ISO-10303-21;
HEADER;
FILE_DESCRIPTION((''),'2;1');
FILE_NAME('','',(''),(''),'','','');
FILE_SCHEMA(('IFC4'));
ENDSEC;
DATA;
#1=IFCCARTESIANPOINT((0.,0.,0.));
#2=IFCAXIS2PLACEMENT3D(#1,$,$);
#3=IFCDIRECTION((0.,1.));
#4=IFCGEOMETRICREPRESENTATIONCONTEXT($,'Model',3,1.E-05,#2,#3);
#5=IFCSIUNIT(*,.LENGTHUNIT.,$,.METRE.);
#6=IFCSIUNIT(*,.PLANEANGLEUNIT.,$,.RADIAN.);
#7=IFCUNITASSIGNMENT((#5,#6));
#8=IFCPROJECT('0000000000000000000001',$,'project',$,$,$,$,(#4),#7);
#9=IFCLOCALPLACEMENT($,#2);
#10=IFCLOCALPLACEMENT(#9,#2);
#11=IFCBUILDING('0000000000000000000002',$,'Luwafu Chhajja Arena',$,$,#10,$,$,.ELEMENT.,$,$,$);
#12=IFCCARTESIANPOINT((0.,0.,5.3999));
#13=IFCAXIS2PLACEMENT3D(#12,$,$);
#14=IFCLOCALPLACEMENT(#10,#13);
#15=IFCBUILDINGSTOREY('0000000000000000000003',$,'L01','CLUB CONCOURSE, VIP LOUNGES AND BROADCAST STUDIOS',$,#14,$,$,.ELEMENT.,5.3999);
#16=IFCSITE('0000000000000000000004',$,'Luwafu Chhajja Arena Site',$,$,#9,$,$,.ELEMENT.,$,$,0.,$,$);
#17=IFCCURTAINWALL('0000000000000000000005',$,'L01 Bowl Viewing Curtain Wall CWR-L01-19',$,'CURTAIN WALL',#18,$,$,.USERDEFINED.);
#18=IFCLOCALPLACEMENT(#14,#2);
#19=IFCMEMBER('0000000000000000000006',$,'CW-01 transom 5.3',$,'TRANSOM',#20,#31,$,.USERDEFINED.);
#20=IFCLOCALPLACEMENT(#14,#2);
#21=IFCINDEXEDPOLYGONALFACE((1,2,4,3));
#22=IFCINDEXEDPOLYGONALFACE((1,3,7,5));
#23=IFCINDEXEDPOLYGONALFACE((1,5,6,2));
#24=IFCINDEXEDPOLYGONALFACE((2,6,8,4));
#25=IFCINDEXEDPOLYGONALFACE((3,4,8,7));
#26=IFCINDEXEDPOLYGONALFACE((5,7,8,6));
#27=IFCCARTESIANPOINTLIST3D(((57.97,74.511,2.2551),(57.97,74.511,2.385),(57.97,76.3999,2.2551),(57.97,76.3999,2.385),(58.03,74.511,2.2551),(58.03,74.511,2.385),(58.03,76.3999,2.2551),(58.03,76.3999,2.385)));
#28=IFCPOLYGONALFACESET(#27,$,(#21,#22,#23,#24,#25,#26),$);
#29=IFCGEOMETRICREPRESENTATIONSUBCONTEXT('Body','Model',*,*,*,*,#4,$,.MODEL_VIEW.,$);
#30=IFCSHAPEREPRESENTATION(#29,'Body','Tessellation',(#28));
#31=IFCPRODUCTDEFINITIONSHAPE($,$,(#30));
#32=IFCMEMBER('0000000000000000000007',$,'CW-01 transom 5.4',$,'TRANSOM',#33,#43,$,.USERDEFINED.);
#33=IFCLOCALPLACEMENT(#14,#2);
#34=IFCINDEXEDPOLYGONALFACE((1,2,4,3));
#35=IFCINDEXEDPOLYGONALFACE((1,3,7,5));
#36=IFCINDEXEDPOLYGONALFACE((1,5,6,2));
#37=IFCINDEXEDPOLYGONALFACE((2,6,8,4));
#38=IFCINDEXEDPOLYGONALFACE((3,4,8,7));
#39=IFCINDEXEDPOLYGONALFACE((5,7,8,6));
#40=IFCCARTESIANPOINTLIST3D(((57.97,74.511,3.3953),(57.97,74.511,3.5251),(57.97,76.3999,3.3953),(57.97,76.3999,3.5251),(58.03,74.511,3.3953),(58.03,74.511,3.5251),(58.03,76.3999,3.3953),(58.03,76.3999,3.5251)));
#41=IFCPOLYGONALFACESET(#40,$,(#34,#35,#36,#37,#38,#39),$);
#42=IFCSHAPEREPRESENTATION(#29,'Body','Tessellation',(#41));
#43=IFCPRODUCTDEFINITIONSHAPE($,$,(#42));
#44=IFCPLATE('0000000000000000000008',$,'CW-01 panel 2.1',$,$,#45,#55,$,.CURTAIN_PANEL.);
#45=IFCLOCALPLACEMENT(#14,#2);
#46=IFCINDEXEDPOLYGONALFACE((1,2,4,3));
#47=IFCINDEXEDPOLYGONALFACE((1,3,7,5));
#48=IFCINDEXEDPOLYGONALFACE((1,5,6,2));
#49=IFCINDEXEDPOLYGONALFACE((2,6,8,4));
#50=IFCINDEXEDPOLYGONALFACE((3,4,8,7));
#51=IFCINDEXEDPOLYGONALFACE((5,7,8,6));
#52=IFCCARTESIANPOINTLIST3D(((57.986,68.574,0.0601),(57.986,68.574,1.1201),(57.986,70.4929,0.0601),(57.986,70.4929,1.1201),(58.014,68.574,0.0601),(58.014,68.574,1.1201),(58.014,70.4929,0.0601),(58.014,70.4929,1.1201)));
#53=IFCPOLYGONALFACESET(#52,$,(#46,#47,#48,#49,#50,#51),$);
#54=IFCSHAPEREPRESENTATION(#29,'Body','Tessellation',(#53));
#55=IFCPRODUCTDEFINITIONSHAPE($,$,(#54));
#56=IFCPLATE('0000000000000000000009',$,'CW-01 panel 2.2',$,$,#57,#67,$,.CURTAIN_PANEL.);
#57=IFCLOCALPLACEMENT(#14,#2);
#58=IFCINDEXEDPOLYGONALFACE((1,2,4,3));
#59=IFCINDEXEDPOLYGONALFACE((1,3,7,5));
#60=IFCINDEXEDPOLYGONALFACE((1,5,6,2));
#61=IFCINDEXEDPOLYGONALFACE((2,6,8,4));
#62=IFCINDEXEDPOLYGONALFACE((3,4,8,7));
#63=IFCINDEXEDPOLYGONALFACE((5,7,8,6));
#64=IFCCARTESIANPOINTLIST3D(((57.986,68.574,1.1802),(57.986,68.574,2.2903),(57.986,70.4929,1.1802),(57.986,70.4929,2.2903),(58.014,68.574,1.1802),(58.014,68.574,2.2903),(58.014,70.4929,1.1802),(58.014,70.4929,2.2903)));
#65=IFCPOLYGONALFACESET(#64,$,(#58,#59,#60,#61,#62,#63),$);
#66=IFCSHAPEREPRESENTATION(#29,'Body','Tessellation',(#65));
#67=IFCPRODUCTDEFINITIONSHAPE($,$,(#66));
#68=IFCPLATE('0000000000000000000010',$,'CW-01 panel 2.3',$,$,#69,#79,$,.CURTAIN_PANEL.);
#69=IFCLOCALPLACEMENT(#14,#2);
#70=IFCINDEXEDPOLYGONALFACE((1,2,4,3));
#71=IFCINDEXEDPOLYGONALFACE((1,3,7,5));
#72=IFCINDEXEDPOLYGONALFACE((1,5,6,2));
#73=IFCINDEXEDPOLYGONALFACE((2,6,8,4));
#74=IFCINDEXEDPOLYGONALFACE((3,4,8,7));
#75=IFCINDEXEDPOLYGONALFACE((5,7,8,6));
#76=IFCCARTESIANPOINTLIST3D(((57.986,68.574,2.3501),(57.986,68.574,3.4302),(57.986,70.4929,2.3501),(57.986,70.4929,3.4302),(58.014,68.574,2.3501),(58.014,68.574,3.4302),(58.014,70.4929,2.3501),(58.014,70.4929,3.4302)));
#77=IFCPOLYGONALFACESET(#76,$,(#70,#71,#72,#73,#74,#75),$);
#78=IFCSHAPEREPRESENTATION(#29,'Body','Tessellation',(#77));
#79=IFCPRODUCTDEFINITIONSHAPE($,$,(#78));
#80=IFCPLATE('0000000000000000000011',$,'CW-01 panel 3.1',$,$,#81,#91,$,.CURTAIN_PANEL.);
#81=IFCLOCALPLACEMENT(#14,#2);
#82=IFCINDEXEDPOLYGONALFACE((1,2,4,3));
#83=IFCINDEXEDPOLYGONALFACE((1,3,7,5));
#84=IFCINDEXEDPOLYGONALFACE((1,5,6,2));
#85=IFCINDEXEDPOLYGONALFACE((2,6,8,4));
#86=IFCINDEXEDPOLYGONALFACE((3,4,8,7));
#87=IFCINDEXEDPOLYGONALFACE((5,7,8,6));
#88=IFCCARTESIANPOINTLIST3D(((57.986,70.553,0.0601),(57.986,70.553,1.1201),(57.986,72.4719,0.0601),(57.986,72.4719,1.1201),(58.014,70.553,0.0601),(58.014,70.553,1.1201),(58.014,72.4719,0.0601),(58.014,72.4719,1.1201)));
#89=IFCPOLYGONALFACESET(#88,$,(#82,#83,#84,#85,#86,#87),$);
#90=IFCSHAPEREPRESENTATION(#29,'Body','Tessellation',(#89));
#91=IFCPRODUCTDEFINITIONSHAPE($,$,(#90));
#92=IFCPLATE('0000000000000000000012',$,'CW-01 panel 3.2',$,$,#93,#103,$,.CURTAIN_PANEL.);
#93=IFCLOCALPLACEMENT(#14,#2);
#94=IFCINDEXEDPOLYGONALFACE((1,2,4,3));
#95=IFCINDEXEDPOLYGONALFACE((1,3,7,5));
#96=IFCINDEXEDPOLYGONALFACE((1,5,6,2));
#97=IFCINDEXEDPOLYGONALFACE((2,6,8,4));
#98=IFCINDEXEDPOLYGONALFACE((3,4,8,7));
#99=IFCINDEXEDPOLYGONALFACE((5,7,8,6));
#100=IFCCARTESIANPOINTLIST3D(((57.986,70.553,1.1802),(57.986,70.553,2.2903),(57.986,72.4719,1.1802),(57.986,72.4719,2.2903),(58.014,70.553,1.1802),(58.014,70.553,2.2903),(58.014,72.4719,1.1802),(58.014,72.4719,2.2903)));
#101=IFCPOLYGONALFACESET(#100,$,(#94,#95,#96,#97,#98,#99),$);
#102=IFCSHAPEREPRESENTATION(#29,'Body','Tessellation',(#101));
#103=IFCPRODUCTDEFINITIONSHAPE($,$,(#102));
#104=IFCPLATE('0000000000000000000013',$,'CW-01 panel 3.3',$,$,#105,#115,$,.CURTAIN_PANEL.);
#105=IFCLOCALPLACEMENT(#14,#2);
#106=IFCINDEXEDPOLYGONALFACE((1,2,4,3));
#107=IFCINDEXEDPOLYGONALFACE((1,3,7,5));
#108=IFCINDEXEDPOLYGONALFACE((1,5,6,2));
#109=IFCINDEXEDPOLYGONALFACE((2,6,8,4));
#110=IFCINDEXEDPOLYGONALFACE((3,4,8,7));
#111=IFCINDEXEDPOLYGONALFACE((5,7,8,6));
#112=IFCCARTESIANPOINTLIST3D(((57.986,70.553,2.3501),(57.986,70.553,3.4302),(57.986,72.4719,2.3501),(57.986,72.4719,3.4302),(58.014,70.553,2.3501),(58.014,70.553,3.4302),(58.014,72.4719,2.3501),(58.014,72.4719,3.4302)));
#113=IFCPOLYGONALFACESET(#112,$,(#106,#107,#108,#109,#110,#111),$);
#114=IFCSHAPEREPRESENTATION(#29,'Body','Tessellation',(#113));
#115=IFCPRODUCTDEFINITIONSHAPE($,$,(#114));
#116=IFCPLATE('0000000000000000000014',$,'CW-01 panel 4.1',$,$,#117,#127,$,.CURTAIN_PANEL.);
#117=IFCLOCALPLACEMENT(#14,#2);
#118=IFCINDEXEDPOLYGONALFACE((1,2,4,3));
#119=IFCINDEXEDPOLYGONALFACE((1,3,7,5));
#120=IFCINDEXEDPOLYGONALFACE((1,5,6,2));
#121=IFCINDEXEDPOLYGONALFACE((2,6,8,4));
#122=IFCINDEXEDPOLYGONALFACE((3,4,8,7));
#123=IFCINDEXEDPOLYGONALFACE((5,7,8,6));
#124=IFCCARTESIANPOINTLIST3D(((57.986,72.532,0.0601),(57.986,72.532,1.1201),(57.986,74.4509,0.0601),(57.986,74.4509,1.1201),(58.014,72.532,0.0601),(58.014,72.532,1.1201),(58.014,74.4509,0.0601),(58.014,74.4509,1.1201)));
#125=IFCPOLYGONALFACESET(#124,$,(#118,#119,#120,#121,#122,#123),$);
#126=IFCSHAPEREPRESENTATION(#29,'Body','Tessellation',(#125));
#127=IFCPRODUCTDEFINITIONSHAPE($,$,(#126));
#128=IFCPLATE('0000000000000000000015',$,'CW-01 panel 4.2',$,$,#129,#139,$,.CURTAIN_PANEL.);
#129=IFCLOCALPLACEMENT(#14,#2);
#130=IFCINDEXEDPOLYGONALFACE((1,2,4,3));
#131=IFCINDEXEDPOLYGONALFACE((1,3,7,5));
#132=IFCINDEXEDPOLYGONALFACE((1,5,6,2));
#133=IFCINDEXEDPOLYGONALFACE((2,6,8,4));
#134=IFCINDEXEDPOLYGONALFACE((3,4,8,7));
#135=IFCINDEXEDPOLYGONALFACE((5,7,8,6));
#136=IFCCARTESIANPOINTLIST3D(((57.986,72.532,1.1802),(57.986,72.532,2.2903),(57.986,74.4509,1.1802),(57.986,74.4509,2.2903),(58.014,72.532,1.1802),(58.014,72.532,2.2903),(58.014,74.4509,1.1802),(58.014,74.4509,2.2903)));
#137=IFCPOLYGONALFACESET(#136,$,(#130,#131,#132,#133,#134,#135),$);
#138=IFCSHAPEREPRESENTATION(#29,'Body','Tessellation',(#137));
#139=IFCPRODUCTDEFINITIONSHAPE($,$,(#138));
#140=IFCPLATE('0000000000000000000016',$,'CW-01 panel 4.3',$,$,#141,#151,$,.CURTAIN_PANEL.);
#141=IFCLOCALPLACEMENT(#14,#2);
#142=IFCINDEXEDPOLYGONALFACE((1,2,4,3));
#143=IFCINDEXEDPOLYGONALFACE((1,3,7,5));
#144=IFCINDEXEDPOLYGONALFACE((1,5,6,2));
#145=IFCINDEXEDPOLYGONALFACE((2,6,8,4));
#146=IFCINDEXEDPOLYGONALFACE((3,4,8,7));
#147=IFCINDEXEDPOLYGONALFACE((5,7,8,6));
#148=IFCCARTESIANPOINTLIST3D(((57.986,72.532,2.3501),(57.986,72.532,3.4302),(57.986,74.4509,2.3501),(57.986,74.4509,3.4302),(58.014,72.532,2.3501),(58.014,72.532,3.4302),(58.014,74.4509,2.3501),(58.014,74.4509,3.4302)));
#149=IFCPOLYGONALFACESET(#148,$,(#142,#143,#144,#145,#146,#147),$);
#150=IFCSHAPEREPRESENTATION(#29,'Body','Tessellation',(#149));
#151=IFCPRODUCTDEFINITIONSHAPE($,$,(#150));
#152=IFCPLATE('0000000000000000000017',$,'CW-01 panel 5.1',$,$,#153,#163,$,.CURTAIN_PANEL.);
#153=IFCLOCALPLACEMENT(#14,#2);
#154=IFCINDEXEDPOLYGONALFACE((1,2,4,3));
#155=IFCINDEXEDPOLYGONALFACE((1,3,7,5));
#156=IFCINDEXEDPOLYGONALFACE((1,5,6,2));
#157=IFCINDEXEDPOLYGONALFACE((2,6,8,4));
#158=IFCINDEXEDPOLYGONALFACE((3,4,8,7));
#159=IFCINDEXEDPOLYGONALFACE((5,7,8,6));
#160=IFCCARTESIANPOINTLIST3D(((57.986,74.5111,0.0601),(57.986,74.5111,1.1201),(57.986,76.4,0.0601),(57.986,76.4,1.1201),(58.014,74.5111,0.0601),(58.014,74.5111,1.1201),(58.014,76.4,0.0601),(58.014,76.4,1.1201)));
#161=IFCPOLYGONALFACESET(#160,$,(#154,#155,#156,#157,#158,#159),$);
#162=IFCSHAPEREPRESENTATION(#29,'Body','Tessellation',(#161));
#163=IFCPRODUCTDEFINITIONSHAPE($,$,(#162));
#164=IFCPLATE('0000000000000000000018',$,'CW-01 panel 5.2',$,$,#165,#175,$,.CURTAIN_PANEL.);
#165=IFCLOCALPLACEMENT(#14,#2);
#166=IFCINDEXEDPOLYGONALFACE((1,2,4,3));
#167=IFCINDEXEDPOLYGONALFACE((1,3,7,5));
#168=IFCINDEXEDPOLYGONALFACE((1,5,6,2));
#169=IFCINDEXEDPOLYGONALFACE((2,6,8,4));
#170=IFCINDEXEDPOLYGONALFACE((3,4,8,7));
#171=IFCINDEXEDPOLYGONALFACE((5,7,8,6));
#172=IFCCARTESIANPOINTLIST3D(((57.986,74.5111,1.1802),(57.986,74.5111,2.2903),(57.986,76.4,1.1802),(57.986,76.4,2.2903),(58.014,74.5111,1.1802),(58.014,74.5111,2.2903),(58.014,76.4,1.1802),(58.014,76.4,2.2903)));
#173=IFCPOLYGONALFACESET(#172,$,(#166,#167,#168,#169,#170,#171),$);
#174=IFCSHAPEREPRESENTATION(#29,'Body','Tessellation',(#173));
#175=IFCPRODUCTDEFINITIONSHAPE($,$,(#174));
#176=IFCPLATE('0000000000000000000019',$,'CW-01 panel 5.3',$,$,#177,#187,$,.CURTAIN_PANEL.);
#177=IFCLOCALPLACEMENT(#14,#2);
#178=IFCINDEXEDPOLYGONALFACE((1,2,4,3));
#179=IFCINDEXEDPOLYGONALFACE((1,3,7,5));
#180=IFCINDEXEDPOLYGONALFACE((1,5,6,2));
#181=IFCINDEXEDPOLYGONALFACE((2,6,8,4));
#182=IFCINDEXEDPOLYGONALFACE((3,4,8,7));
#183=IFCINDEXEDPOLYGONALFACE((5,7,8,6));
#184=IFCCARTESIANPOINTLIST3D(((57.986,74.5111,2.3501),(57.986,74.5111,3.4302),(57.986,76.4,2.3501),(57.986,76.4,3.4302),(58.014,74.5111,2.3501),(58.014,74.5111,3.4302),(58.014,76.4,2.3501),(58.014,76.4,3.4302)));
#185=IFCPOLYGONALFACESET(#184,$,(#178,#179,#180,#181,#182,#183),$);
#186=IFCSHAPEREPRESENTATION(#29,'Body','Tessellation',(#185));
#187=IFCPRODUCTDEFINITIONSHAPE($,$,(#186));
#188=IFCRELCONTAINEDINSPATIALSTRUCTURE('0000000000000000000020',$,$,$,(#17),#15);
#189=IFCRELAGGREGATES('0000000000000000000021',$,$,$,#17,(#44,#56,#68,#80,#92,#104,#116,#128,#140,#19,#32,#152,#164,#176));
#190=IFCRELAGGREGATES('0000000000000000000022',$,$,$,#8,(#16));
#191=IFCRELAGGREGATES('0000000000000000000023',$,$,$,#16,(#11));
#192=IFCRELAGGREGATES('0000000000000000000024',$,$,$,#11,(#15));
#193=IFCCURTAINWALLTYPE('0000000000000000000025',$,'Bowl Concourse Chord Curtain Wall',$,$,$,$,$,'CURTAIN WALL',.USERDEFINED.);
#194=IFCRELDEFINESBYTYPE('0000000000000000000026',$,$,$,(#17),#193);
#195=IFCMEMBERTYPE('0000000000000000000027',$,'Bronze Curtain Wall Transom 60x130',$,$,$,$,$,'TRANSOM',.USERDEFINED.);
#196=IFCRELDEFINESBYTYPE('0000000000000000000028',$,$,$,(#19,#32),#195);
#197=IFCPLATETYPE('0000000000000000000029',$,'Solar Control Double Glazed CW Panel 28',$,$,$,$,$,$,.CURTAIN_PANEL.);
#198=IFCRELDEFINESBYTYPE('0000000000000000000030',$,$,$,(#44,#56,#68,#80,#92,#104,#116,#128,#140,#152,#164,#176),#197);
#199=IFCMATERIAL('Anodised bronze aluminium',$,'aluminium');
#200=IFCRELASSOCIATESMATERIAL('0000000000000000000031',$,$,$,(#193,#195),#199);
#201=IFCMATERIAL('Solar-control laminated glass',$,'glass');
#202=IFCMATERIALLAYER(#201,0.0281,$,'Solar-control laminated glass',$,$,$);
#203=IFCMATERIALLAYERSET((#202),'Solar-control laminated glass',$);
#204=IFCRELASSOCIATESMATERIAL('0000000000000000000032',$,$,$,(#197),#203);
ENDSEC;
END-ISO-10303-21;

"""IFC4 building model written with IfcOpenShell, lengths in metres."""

from ifc_helpers import new_model, si_unit, direction, frame, origin, origin_2d, place, context, subcontext, project, spatial, rectangle, extrude, material, layer, layer_set, material_profile, profile_set, type_object, element, aggregate, save


model = new_model("IFC4")

# Units and contexts
model_context = context("Model", 3, precision=1e-05, world=origin(), true_north=direction((0.0, 1.0)))
body_context = subcontext(model_context, "Body", "Model", "MODEL_VIEW")
ifc_project = project(units=[si_unit("LENGTHUNIT", "METRE"), si_unit("PLANEANGLEUNIT", "RADIAN")], contexts=[model_context])

# Site, building, storey
site_placement = place(None, origin())
site = spatial("IfcSite", under=ifc_project, at=site_placement, Name="Luwafu Chhajja Arena Site", CompositionType="ELEMENT", RefElevation=0.0)
building_placement = place(site_placement, origin())
building = spatial("IfcBuilding", under=site, at=building_placement, Name="Luwafu Chhajja Arena", CompositionType="ELEMENT")
storey_placement = place(building_placement, frame((0.0, 0.0, 5.3999)))
storey = spatial("IfcBuildingStorey", under=building, at=storey_placement, Name="L01", Description="CLUB CONCOURSE, VIP LOUNGES AND BROADCAST STUDIOS", CompositionType="ELEMENT", Elevation=5.3999)

# Curtain wall, members, plates
ifc_material_1 = material(Name="Anodised bronze aluminium", Category="aluminium")
curtain_wall_type = type_object("IfcCurtainWallType", Name="Bowl Concourse Chord Curtain Wall", ElementType="CURTAIN WALL", PredefinedType="USERDEFINED", material=ifc_material_1)
curtain_wall_placement = place(storey_placement, origin())
curtain_wall = element("IfcCurtainWall", 1, at=curtain_wall_placement, inside=storey, type_object=curtain_wall_type, Name="L01 Bowl Viewing Curtain Wall CWR-L01-19", ObjectType="CURTAIN WALL", PredefinedType="USERDEFINED")
ifc_material_profile_1 = material_profile(ifc_material_1, rectangle(XDim=0.0601, YDim=0.1299, at=origin_2d()), Name="CWT 60x130")
ifc_profile_set_1 = profile_set([ifc_material_profile_1], Name="Anodised bronze aluminium")
member_type_1 = type_object("IfcMemberType", Name="Bronze Curtain Wall Transom 60x130", ElementType="TRANSOM", PredefinedType="USERDEFINED", material=ifc_profile_set_1)
member_1_placement = place(storey_placement, frame((58.0, 74.511, 2.3201), z_axis=(0.0, 1.0, 0.0), x_axis=(-1.0, 0.0, 0.0)))
member_1 = element("IfcMember", 2, at=member_1_placement, type_object=member_type_1, Name="CW-01 transom 5.3", ObjectType="TRANSOM", PredefinedType="USERDEFINED", context=body_context, shape_type="SweptSolid", body=[
    extrude(rectangle(XDim=0.0601, YDim=0.1299, at=origin_2d()), origin(), (0.0, 0.0, 1.0), 1.8889),
])
member_2_placement = place(storey_placement, frame((58.0, 74.511, 3.4602), z_axis=(0.0, 1.0, 0.0), x_axis=(-1.0, 0.0, 0.0)))
member_2 = element("IfcMember", 3, at=member_2_placement, type_object=member_type_1, Name="CW-01 transom 5.4", ObjectType="TRANSOM", PredefinedType="USERDEFINED", context=body_context, shape_type="SweptSolid", body=[
    extrude(rectangle(XDim=0.0601, YDim=0.1299, at=origin_2d()), origin(), (0.0, 0.0, 1.0), 1.8889),
])
ifc_material_2 = material(Name="Solar-control laminated glass", Category="glass")
ifc_layer = layer(ifc_material_2, 0.0281, Name="Solar-control laminated glass")
ifc_layer_set = layer_set([ifc_layer], Name="Solar-control laminated glass")
plate_type = type_object("IfcPlateType", Name="Solar Control Double Glazed CW Panel 28", PredefinedType="CURTAIN_PANEL", material=ifc_layer_set)
plate_1_placement = place(storey_placement, frame((58.0, 69.5334, 0.0601), z_axis=(0.0, 0.0, 1.0), x_axis=(0.0, 1.0, 0.0)))
plate_1 = element("IfcPlate", 4, at=plate_1_placement, type_object=plate_type, Name="CW-01 panel 2.1", PredefinedType="CURTAIN_PANEL", context=body_context, shape_type="SweptSolid", body=[
    extrude(rectangle(XDim=1.9189, YDim=0.0281, at=origin_2d()), origin(), (0.0, 0.0, 1.0), 1.0601),
])
plate_2_placement = place(storey_placement, frame((58.0, 69.5334, 1.1802), z_axis=(0.0, 0.0, 1.0), x_axis=(0.0, 1.0, 0.0)))
plate_2 = element("IfcPlate", 5, at=plate_2_placement, type_object=plate_type, Name="CW-01 panel 2.2", PredefinedType="CURTAIN_PANEL", context=body_context, shape_type="SweptSolid", body=[
    extrude(rectangle(XDim=1.9189, YDim=0.0281, at=origin_2d()), origin(), (0.0, 0.0, 1.0), 1.1101),
])
plate_3_placement = place(storey_placement, frame((58.0, 69.5334, 2.3501), z_axis=(0.0, 0.0, 1.0), x_axis=(0.0, 1.0, 0.0)))
plate_3 = element("IfcPlate", 6, at=plate_3_placement, type_object=plate_type, Name="CW-01 panel 2.3", PredefinedType="CURTAIN_PANEL", context=body_context, shape_type="SweptSolid", body=[
    extrude(rectangle(XDim=1.9189, YDim=0.0281, at=origin_2d()), origin(), (0.0, 0.0, 1.0), 1.0801),
])
plate_4_placement = place(storey_placement, frame((58.0, 71.5125, 0.0601), z_axis=(0.0, 0.0, 1.0), x_axis=(0.0, 1.0, 0.0)))
plate_4 = element("IfcPlate", 7, at=plate_4_placement, type_object=plate_type, Name="CW-01 panel 3.1", PredefinedType="CURTAIN_PANEL", context=body_context, shape_type="SweptSolid", body=[
    extrude(rectangle(XDim=1.9189, YDim=0.0281, at=origin_2d()), origin(), (0.0, 0.0, 1.0), 1.0601),
])
plate_5_placement = place(storey_placement, frame((58.0, 71.5125, 1.1802), z_axis=(0.0, 0.0, 1.0), x_axis=(0.0, 1.0, 0.0)))
plate_5 = element("IfcPlate", 8, at=plate_5_placement, type_object=plate_type, Name="CW-01 panel 3.2", PredefinedType="CURTAIN_PANEL", context=body_context, shape_type="SweptSolid", body=[
    extrude(rectangle(XDim=1.9189, YDim=0.0281, at=origin_2d()), origin(), (0.0, 0.0, 1.0), 1.1101),
])
plate_6_placement = place(storey_placement, frame((58.0, 71.5125, 2.3501), z_axis=(0.0, 0.0, 1.0), x_axis=(0.0, 1.0, 0.0)))
plate_6 = element("IfcPlate", 9, at=plate_6_placement, type_object=plate_type, Name="CW-01 panel 3.3", PredefinedType="CURTAIN_PANEL", context=body_context, shape_type="SweptSolid", body=[
    extrude(rectangle(XDim=1.9189, YDim=0.0281, at=origin_2d()), origin(), (0.0, 0.0, 1.0), 1.0801),
])
plate_7_placement = place(storey_placement, frame((58.0, 73.4915, 0.0601), z_axis=(0.0, 0.0, 1.0), x_axis=(0.0, 1.0, 0.0)))
plate_7 = element("IfcPlate", 10, at=plate_7_placement, type_object=plate_type, Name="CW-01 panel 4.1", PredefinedType="CURTAIN_PANEL", context=body_context, shape_type="SweptSolid", body=[
    extrude(rectangle(XDim=1.9189, YDim=0.0281, at=origin_2d()), origin(), (0.0, 0.0, 1.0), 1.0601),
])
plate_8_placement = place(storey_placement, frame((58.0, 73.4915, 1.1802), z_axis=(0.0, 0.0, 1.0), x_axis=(0.0, 1.0, 0.0)))
plate_8 = element("IfcPlate", 11, at=plate_8_placement, type_object=plate_type, Name="CW-01 panel 4.2", PredefinedType="CURTAIN_PANEL", context=body_context, shape_type="SweptSolid", body=[
    extrude(rectangle(XDim=1.9189, YDim=0.0281, at=origin_2d()), origin(), (0.0, 0.0, 1.0), 1.1101),
])
plate_9_placement = place(storey_placement, frame((58.0, 73.4915, 2.3501), z_axis=(0.0, 0.0, 1.0), x_axis=(0.0, 1.0, 0.0)))
plate_9 = element("IfcPlate", 12, at=plate_9_placement, type_object=plate_type, Name="CW-01 panel 4.3", PredefinedType="CURTAIN_PANEL", context=body_context, shape_type="SweptSolid", body=[
    extrude(rectangle(XDim=1.9189, YDim=0.0281, at=origin_2d()), origin(), (0.0, 0.0, 1.0), 1.0801),
])
plate_10_placement = place(storey_placement, frame((58.0, 75.4556, 0.0601), z_axis=(0.0, 0.0, 1.0), x_axis=(0.0, 1.0, 0.0)))
plate_10 = element("IfcPlate", 13, at=plate_10_placement, type_object=plate_type, Name="CW-01 panel 5.1", PredefinedType="CURTAIN_PANEL", context=body_context, shape_type="SweptSolid", body=[
    extrude(rectangle(XDim=1.8889, YDim=0.0281, at=origin_2d()), origin(), (0.0, 0.0, 1.0), 1.0601),
])
plate_11_placement = place(storey_placement, frame((58.0, 75.4556, 1.1802), z_axis=(0.0, 0.0, 1.0), x_axis=(0.0, 1.0, 0.0)))
plate_11 = element("IfcPlate", 14, at=plate_11_placement, type_object=plate_type, Name="CW-01 panel 5.2", PredefinedType="CURTAIN_PANEL", context=body_context, shape_type="SweptSolid", body=[
    extrude(rectangle(XDim=1.8889, YDim=0.0281, at=origin_2d()), origin(), (0.0, 0.0, 1.0), 1.1101),
])
plate_12_placement = place(storey_placement, frame((58.0, 75.4556, 2.3501), z_axis=(0.0, 0.0, 1.0), x_axis=(0.0, 1.0, 0.0)))
plate_12 = element("IfcPlate", 15, at=plate_12_placement, type_object=plate_type, Name="CW-01 panel 5.3", PredefinedType="CURTAIN_PANEL", context=body_context, shape_type="SweptSolid", body=[
    extrude(rectangle(XDim=1.8889, YDim=0.0281, at=origin_2d()), origin(), (0.0, 0.0, 1.0), 1.0801),
])
aggregate(curtain_wall, [plate_1, plate_2, plate_3, plate_4, plate_5, plate_6, plate_7, plate_8, plate_9, member_1, member_2, plate_10, plate_11, plate_12])

save(model, "model.ifc")
